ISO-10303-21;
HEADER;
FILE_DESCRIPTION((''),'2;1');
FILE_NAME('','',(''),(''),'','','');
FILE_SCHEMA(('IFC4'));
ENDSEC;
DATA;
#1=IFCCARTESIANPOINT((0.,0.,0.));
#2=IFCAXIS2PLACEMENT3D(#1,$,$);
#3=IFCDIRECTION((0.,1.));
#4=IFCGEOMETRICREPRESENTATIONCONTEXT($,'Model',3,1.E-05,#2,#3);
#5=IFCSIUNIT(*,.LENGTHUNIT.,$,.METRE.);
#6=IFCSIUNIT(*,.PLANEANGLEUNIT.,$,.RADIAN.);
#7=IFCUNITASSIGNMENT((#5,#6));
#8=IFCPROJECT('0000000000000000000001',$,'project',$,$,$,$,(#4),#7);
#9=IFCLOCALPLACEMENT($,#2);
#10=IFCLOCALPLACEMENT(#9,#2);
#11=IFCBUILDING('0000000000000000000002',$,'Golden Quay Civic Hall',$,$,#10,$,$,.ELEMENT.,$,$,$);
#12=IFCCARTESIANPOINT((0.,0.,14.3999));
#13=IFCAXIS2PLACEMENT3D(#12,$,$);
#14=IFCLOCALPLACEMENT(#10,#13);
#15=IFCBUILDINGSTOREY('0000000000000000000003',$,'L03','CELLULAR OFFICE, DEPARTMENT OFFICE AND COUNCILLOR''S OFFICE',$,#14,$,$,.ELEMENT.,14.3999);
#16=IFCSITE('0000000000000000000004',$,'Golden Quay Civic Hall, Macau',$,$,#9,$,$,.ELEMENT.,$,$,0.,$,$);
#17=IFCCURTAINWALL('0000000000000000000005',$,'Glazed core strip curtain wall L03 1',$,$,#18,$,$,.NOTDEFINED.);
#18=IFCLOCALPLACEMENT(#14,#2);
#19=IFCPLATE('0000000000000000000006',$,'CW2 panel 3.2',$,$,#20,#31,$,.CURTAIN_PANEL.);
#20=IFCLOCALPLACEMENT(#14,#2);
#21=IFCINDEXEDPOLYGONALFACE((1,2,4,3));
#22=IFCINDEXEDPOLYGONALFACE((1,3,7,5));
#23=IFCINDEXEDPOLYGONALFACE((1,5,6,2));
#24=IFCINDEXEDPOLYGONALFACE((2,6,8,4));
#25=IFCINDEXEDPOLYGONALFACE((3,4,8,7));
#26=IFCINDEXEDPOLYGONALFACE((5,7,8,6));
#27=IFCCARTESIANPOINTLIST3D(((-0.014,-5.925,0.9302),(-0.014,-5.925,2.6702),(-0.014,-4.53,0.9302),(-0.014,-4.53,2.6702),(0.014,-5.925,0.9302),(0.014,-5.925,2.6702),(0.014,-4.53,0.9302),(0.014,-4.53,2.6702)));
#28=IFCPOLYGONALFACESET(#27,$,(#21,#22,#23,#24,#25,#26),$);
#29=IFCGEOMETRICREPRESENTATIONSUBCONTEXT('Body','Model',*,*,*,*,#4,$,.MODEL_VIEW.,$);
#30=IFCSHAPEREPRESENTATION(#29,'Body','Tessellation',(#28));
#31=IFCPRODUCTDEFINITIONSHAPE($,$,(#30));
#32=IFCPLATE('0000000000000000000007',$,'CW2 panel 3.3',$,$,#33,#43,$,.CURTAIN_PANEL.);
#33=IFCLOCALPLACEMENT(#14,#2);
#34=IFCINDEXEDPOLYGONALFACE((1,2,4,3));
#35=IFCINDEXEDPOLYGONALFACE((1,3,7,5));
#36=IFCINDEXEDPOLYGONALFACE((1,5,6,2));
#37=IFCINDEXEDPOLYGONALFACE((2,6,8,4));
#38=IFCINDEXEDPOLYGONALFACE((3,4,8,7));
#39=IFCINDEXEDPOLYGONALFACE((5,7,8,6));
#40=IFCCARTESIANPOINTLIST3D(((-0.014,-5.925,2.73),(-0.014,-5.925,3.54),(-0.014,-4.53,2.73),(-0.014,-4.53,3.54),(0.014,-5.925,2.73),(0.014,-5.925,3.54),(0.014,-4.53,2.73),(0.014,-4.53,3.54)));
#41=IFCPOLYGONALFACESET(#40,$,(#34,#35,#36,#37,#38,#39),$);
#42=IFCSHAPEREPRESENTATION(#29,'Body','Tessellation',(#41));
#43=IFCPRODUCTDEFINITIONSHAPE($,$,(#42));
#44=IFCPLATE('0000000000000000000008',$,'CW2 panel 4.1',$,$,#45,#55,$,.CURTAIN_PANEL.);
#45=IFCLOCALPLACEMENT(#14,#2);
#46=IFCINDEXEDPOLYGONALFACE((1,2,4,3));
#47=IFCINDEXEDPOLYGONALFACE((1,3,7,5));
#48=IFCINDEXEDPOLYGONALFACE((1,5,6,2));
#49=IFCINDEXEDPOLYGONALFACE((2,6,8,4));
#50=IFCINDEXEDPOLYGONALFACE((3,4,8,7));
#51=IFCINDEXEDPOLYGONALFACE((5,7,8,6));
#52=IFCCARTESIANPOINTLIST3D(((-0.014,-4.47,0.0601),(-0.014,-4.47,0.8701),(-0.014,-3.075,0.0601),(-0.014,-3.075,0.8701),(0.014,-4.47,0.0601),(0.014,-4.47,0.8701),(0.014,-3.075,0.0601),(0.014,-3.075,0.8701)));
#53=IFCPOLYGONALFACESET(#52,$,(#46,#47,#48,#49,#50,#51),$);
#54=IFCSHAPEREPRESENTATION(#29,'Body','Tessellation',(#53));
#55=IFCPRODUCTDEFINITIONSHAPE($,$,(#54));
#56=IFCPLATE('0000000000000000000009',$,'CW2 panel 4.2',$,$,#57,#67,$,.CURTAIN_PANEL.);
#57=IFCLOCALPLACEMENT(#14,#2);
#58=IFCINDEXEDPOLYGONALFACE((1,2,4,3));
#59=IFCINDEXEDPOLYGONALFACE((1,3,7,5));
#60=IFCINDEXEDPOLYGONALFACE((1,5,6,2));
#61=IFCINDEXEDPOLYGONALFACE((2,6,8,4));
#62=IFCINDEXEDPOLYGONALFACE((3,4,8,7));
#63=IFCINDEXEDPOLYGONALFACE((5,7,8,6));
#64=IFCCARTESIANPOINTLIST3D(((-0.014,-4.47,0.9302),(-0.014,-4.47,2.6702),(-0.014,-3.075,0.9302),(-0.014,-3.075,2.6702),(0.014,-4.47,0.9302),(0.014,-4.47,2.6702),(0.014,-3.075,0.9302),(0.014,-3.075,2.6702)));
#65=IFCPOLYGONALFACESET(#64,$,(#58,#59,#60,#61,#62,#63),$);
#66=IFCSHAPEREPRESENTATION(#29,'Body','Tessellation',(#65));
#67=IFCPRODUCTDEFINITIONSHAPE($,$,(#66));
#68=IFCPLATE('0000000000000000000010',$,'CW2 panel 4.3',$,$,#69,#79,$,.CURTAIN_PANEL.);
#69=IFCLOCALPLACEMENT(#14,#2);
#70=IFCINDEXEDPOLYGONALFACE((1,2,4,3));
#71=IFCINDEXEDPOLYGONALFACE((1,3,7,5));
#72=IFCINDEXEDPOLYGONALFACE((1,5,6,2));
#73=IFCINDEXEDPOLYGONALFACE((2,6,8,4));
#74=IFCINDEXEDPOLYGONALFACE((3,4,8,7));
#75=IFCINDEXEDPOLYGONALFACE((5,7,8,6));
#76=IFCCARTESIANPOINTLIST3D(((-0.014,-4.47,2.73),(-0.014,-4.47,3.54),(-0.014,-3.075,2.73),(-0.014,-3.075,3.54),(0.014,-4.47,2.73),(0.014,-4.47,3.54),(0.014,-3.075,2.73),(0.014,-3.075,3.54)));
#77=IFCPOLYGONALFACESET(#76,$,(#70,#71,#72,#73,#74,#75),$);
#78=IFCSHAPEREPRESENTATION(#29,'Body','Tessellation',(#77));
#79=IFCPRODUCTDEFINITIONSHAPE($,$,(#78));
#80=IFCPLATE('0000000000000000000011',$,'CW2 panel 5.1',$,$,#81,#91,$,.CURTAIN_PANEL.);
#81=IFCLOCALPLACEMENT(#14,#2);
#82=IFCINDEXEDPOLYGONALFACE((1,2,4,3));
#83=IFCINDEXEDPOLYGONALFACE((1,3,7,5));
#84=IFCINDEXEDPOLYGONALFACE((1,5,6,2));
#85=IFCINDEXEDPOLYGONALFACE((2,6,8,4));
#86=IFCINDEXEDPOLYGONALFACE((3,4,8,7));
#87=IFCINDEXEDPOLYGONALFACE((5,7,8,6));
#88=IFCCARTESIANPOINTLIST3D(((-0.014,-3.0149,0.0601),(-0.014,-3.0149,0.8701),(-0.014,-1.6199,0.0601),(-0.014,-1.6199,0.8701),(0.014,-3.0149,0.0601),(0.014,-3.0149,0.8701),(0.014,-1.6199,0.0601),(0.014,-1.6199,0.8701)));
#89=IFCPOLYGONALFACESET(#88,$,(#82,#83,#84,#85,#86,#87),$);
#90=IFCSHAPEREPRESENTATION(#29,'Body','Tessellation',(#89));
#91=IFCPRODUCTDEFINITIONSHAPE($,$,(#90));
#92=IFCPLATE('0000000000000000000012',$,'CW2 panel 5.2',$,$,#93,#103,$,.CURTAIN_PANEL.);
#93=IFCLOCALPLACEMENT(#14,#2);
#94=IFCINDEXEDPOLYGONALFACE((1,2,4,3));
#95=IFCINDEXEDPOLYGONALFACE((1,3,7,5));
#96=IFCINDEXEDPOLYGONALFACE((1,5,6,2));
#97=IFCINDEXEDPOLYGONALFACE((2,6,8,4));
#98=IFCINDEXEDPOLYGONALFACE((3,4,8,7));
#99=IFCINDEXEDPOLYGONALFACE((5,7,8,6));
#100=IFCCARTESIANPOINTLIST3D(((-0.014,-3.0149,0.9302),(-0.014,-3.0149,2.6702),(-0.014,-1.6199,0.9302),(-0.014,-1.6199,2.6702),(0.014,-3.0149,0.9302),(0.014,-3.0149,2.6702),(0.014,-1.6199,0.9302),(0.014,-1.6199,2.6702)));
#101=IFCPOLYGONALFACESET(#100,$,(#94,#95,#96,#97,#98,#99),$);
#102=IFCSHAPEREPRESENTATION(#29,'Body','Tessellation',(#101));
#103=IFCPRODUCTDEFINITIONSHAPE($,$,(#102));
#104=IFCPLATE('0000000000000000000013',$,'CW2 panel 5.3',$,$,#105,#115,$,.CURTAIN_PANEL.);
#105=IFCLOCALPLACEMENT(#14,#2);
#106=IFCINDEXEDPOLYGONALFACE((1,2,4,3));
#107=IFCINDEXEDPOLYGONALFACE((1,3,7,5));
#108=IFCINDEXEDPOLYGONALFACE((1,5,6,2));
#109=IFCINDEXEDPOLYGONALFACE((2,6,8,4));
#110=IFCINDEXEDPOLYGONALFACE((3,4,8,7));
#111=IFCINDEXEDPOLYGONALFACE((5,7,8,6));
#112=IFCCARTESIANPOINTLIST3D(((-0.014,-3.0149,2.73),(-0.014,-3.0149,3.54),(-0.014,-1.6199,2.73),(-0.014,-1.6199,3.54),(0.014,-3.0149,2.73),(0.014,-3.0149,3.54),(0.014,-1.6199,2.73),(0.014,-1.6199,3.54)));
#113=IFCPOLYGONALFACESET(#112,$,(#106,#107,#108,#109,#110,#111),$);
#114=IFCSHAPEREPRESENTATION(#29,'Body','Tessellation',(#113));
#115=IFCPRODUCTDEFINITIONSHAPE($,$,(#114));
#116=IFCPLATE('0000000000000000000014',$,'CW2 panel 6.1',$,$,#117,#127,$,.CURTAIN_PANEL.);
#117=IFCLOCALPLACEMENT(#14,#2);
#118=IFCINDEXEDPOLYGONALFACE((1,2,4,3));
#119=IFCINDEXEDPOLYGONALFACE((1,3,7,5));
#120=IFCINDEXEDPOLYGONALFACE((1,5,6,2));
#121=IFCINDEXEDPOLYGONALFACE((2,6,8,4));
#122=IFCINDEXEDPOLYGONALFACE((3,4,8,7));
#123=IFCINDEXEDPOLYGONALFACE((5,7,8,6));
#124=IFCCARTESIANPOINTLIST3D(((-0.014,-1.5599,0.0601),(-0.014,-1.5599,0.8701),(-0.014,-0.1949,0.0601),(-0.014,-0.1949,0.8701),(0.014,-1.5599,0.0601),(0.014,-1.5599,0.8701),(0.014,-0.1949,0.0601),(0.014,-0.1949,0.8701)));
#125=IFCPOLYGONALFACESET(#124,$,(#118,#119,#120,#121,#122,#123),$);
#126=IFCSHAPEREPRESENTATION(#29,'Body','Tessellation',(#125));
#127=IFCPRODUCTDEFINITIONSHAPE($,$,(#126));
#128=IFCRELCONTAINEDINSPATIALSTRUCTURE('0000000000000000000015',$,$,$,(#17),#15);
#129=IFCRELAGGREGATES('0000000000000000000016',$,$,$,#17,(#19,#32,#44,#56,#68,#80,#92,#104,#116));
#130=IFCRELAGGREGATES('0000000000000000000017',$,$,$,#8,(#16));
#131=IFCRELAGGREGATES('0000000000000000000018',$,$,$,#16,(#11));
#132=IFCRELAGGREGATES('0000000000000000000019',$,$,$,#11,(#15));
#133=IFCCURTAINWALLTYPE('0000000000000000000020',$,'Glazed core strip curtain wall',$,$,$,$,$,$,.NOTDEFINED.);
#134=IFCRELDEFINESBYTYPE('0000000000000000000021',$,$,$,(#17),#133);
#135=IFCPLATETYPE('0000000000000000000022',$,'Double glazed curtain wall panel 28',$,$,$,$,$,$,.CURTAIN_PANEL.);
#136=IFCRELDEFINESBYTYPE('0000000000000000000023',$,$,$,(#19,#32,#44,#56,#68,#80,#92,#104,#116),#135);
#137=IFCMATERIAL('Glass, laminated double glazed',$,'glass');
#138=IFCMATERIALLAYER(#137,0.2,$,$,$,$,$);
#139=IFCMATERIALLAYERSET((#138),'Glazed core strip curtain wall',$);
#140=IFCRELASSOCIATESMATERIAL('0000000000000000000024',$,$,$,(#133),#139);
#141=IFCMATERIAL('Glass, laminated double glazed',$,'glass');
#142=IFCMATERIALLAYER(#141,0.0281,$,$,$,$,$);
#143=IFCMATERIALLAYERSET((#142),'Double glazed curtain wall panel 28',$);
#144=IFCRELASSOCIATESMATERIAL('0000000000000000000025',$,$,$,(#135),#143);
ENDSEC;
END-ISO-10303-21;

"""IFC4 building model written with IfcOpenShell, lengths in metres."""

from ifc_helpers import new_model, si_unit, direction, frame, origin, origin_2d, place, context, subcontext, project, spatial, rectangle, extrude, material, layer, layer_set, type_object, element, aggregate, save


model = new_model("IFC4")

# Units and contexts
model_context = context("Model", 3, precision=1e-05, world=origin(), true_north=direction((0.0, 1.0)))
body_context = subcontext(model_context, "Body", "Model", "MODEL_VIEW")
ifc_project = project(units=[si_unit("LENGTHUNIT", "METRE"), si_unit("PLANEANGLEUNIT", "RADIAN")], contexts=[model_context])

# Site, building, storey
site_placement = place(None, origin())
site = spatial("IfcSite", under=ifc_project, at=site_placement, Name="Golden Quay Civic Hall, Macau", CompositionType="ELEMENT", RefElevation=0.0)
building_placement = place(site_placement, origin())
building = spatial("IfcBuilding", under=site, at=building_placement, Name="Golden Quay Civic Hall", CompositionType="ELEMENT")
storey_placement = place(building_placement, frame((0.0, 0.0, 14.3999)))
storey = spatial("IfcBuildingStorey", under=building, at=storey_placement, Name="L03", Description="CELLULAR OFFICE, DEPARTMENT OFFICE AND COUNCILLOR'S OFFICE", CompositionType="ELEMENT", Elevation=14.3999)

# Curtain wall, plates
ifc_material_1 = material(Name="Glass, laminated double glazed", Category="glass")
ifc_layer_1 = layer(ifc_material_1, 0.2)
ifc_layer_set_1 = layer_set([ifc_layer_1], Name="Glazed core strip curtain wall")
curtain_wall_type = type_object("IfcCurtainWallType", Name="Glazed core strip curtain wall", PredefinedType="NOTDEFINED", material=ifc_layer_set_1)
curtain_wall_placement = place(storey_placement, origin())
curtain_wall = element("IfcCurtainWall", 1, at=curtain_wall_placement, inside=storey, type_object=curtain_wall_type, Name="Glazed core strip curtain wall L03 1", PredefinedType="NOTDEFINED")
ifc_material_2 = material(Name="Glass, laminated double glazed", Category="glass")
ifc_layer_2 = layer(ifc_material_2, 0.0281)
ifc_layer_set_2 = layer_set([ifc_layer_2], Name="Double glazed curtain wall panel 28")
plate_type = type_object("IfcPlateType", Name="Double glazed curtain wall panel 28", PredefinedType="CURTAIN_PANEL", material=ifc_layer_set_2)
plate_1_placement = place(storey_placement, frame((0.0, -5.2275, 0.9302), z_axis=(0.0, 0.0, 1.0), x_axis=(0.0, 1.0, 0.0)))
plate_1 = element("IfcPlate", 2, at=plate_1_placement, type_object=plate_type, Name="CW2 panel 3.2", PredefinedType="CURTAIN_PANEL", context=body_context, shape_type="SweptSolid", body=[
    extrude(rectangle(XDim=1.395, YDim=0.0281, at=origin_2d()), origin(), (0.0, 0.0, 1.0), 1.74),
])
plate_2_placement = place(storey_placement, frame((0.0, -5.2275, 2.73), z_axis=(0.0, 0.0, 1.0), x_axis=(0.0, 1.0, 0.0)))
plate_2 = element("IfcPlate", 3, at=plate_2_placement, type_object=plate_type, Name="CW2 panel 3.3", PredefinedType="CURTAIN_PANEL", context=body_context, shape_type="SweptSolid", body=[
    extrude(rectangle(XDim=1.395, YDim=0.0281, at=origin_2d()), origin(), (0.0, 0.0, 1.0), 0.8101),
])
plate_3_placement = place(storey_placement, frame((0.0, -3.7725, 0.0601), z_axis=(0.0, 0.0, 1.0), x_axis=(0.0, 1.0, 0.0)))
plate_3 = element("IfcPlate", 4, at=plate_3_placement, type_object=plate_type, Name="CW2 panel 4.1", PredefinedType="CURTAIN_PANEL", context=body_context, shape_type="SweptSolid", body=[
    extrude(rectangle(XDim=1.395, YDim=0.0281, at=origin_2d()), origin(), (0.0, 0.0, 1.0), 0.8101),
])
plate_4_placement = place(storey_placement, frame((0.0, -3.7725, 0.9302), z_axis=(0.0, 0.0, 1.0), x_axis=(0.0, 1.0, 0.0)))
plate_4 = element("IfcPlate", 5, at=plate_4_placement, type_object=plate_type, Name="CW2 panel 4.2", PredefinedType="CURTAIN_PANEL", context=body_context, shape_type="SweptSolid", body=[
    extrude(rectangle(XDim=1.395, YDim=0.0281, at=origin_2d()), origin(), (0.0, 0.0, 1.0), 1.74),
])
plate_5_placement = place(storey_placement, frame((0.0, -3.7725, 2.73), z_axis=(0.0, 0.0, 1.0), x_axis=(0.0, 1.0, 0.0)))
plate_5 = element("IfcPlate", 6, at=plate_5_placement, type_object=plate_type, Name="CW2 panel 4.3", PredefinedType="CURTAIN_PANEL", context=body_context, shape_type="SweptSolid", body=[
    extrude(rectangle(XDim=1.395, YDim=0.0281, at=origin_2d()), origin(), (0.0, 0.0, 1.0), 0.8101),
])
plate_6_placement = place(storey_placement, frame((0.0, -2.3174, 0.0601), z_axis=(0.0, 0.0, 1.0), x_axis=(0.0, 1.0, 0.0)))
plate_6 = element("IfcPlate", 7, at=plate_6_placement, type_object=plate_type, Name="CW2 panel 5.1", PredefinedType="CURTAIN_PANEL", context=body_context, shape_type="SweptSolid", body=[
    extrude(rectangle(XDim=1.395, YDim=0.0281, at=origin_2d()), origin(), (0.0, 0.0, 1.0), 0.8101),
])
plate_7_placement = place(storey_placement, frame((0.0, -2.3174, 0.9302), z_axis=(0.0, 0.0, 1.0), x_axis=(0.0, 1.0, 0.0)))
plate_7 = element("IfcPlate", 8, at=plate_7_placement, type_object=plate_type, Name="CW2 panel 5.2", PredefinedType="CURTAIN_PANEL", context=body_context, shape_type="SweptSolid", body=[
    extrude(rectangle(XDim=1.395, YDim=0.0281, at=origin_2d()), origin(), (0.0, 0.0, 1.0), 1.74),
])
plate_8_placement = place(storey_placement, frame((0.0, -2.3174, 2.73), z_axis=(0.0, 0.0, 1.0), x_axis=(0.0, 1.0, 0.0)))
plate_8 = element("IfcPlate", 9, at=plate_8_placement, type_object=plate_type, Name="CW2 panel 5.3", PredefinedType="CURTAIN_PANEL", context=body_context, shape_type="SweptSolid", body=[
    extrude(rectangle(XDim=1.395, YDim=0.0281, at=origin_2d()), origin(), (0.0, 0.0, 1.0), 0.8101),
])
plate_9_placement = place(storey_placement, frame((0.0, -0.8774, 0.0601), z_axis=(0.0, 0.0, 1.0), x_axis=(0.0, 1.0, 0.0)))
plate_9 = element("IfcPlate", 10, at=plate_9_placement, type_object=plate_type, Name="CW2 panel 6.1", PredefinedType="CURTAIN_PANEL", context=body_context, shape_type="SweptSolid", body=[
    extrude(rectangle(XDim=1.365, YDim=0.0281, at=origin_2d()), origin(), (0.0, 0.0, 1.0), 0.8101),
])
aggregate(curtain_wall, [plate_1, plate_2, plate_3, plate_4, plate_5, plate_6, plate_7, plate_8, plate_9])

save(model, "model.ifc")
